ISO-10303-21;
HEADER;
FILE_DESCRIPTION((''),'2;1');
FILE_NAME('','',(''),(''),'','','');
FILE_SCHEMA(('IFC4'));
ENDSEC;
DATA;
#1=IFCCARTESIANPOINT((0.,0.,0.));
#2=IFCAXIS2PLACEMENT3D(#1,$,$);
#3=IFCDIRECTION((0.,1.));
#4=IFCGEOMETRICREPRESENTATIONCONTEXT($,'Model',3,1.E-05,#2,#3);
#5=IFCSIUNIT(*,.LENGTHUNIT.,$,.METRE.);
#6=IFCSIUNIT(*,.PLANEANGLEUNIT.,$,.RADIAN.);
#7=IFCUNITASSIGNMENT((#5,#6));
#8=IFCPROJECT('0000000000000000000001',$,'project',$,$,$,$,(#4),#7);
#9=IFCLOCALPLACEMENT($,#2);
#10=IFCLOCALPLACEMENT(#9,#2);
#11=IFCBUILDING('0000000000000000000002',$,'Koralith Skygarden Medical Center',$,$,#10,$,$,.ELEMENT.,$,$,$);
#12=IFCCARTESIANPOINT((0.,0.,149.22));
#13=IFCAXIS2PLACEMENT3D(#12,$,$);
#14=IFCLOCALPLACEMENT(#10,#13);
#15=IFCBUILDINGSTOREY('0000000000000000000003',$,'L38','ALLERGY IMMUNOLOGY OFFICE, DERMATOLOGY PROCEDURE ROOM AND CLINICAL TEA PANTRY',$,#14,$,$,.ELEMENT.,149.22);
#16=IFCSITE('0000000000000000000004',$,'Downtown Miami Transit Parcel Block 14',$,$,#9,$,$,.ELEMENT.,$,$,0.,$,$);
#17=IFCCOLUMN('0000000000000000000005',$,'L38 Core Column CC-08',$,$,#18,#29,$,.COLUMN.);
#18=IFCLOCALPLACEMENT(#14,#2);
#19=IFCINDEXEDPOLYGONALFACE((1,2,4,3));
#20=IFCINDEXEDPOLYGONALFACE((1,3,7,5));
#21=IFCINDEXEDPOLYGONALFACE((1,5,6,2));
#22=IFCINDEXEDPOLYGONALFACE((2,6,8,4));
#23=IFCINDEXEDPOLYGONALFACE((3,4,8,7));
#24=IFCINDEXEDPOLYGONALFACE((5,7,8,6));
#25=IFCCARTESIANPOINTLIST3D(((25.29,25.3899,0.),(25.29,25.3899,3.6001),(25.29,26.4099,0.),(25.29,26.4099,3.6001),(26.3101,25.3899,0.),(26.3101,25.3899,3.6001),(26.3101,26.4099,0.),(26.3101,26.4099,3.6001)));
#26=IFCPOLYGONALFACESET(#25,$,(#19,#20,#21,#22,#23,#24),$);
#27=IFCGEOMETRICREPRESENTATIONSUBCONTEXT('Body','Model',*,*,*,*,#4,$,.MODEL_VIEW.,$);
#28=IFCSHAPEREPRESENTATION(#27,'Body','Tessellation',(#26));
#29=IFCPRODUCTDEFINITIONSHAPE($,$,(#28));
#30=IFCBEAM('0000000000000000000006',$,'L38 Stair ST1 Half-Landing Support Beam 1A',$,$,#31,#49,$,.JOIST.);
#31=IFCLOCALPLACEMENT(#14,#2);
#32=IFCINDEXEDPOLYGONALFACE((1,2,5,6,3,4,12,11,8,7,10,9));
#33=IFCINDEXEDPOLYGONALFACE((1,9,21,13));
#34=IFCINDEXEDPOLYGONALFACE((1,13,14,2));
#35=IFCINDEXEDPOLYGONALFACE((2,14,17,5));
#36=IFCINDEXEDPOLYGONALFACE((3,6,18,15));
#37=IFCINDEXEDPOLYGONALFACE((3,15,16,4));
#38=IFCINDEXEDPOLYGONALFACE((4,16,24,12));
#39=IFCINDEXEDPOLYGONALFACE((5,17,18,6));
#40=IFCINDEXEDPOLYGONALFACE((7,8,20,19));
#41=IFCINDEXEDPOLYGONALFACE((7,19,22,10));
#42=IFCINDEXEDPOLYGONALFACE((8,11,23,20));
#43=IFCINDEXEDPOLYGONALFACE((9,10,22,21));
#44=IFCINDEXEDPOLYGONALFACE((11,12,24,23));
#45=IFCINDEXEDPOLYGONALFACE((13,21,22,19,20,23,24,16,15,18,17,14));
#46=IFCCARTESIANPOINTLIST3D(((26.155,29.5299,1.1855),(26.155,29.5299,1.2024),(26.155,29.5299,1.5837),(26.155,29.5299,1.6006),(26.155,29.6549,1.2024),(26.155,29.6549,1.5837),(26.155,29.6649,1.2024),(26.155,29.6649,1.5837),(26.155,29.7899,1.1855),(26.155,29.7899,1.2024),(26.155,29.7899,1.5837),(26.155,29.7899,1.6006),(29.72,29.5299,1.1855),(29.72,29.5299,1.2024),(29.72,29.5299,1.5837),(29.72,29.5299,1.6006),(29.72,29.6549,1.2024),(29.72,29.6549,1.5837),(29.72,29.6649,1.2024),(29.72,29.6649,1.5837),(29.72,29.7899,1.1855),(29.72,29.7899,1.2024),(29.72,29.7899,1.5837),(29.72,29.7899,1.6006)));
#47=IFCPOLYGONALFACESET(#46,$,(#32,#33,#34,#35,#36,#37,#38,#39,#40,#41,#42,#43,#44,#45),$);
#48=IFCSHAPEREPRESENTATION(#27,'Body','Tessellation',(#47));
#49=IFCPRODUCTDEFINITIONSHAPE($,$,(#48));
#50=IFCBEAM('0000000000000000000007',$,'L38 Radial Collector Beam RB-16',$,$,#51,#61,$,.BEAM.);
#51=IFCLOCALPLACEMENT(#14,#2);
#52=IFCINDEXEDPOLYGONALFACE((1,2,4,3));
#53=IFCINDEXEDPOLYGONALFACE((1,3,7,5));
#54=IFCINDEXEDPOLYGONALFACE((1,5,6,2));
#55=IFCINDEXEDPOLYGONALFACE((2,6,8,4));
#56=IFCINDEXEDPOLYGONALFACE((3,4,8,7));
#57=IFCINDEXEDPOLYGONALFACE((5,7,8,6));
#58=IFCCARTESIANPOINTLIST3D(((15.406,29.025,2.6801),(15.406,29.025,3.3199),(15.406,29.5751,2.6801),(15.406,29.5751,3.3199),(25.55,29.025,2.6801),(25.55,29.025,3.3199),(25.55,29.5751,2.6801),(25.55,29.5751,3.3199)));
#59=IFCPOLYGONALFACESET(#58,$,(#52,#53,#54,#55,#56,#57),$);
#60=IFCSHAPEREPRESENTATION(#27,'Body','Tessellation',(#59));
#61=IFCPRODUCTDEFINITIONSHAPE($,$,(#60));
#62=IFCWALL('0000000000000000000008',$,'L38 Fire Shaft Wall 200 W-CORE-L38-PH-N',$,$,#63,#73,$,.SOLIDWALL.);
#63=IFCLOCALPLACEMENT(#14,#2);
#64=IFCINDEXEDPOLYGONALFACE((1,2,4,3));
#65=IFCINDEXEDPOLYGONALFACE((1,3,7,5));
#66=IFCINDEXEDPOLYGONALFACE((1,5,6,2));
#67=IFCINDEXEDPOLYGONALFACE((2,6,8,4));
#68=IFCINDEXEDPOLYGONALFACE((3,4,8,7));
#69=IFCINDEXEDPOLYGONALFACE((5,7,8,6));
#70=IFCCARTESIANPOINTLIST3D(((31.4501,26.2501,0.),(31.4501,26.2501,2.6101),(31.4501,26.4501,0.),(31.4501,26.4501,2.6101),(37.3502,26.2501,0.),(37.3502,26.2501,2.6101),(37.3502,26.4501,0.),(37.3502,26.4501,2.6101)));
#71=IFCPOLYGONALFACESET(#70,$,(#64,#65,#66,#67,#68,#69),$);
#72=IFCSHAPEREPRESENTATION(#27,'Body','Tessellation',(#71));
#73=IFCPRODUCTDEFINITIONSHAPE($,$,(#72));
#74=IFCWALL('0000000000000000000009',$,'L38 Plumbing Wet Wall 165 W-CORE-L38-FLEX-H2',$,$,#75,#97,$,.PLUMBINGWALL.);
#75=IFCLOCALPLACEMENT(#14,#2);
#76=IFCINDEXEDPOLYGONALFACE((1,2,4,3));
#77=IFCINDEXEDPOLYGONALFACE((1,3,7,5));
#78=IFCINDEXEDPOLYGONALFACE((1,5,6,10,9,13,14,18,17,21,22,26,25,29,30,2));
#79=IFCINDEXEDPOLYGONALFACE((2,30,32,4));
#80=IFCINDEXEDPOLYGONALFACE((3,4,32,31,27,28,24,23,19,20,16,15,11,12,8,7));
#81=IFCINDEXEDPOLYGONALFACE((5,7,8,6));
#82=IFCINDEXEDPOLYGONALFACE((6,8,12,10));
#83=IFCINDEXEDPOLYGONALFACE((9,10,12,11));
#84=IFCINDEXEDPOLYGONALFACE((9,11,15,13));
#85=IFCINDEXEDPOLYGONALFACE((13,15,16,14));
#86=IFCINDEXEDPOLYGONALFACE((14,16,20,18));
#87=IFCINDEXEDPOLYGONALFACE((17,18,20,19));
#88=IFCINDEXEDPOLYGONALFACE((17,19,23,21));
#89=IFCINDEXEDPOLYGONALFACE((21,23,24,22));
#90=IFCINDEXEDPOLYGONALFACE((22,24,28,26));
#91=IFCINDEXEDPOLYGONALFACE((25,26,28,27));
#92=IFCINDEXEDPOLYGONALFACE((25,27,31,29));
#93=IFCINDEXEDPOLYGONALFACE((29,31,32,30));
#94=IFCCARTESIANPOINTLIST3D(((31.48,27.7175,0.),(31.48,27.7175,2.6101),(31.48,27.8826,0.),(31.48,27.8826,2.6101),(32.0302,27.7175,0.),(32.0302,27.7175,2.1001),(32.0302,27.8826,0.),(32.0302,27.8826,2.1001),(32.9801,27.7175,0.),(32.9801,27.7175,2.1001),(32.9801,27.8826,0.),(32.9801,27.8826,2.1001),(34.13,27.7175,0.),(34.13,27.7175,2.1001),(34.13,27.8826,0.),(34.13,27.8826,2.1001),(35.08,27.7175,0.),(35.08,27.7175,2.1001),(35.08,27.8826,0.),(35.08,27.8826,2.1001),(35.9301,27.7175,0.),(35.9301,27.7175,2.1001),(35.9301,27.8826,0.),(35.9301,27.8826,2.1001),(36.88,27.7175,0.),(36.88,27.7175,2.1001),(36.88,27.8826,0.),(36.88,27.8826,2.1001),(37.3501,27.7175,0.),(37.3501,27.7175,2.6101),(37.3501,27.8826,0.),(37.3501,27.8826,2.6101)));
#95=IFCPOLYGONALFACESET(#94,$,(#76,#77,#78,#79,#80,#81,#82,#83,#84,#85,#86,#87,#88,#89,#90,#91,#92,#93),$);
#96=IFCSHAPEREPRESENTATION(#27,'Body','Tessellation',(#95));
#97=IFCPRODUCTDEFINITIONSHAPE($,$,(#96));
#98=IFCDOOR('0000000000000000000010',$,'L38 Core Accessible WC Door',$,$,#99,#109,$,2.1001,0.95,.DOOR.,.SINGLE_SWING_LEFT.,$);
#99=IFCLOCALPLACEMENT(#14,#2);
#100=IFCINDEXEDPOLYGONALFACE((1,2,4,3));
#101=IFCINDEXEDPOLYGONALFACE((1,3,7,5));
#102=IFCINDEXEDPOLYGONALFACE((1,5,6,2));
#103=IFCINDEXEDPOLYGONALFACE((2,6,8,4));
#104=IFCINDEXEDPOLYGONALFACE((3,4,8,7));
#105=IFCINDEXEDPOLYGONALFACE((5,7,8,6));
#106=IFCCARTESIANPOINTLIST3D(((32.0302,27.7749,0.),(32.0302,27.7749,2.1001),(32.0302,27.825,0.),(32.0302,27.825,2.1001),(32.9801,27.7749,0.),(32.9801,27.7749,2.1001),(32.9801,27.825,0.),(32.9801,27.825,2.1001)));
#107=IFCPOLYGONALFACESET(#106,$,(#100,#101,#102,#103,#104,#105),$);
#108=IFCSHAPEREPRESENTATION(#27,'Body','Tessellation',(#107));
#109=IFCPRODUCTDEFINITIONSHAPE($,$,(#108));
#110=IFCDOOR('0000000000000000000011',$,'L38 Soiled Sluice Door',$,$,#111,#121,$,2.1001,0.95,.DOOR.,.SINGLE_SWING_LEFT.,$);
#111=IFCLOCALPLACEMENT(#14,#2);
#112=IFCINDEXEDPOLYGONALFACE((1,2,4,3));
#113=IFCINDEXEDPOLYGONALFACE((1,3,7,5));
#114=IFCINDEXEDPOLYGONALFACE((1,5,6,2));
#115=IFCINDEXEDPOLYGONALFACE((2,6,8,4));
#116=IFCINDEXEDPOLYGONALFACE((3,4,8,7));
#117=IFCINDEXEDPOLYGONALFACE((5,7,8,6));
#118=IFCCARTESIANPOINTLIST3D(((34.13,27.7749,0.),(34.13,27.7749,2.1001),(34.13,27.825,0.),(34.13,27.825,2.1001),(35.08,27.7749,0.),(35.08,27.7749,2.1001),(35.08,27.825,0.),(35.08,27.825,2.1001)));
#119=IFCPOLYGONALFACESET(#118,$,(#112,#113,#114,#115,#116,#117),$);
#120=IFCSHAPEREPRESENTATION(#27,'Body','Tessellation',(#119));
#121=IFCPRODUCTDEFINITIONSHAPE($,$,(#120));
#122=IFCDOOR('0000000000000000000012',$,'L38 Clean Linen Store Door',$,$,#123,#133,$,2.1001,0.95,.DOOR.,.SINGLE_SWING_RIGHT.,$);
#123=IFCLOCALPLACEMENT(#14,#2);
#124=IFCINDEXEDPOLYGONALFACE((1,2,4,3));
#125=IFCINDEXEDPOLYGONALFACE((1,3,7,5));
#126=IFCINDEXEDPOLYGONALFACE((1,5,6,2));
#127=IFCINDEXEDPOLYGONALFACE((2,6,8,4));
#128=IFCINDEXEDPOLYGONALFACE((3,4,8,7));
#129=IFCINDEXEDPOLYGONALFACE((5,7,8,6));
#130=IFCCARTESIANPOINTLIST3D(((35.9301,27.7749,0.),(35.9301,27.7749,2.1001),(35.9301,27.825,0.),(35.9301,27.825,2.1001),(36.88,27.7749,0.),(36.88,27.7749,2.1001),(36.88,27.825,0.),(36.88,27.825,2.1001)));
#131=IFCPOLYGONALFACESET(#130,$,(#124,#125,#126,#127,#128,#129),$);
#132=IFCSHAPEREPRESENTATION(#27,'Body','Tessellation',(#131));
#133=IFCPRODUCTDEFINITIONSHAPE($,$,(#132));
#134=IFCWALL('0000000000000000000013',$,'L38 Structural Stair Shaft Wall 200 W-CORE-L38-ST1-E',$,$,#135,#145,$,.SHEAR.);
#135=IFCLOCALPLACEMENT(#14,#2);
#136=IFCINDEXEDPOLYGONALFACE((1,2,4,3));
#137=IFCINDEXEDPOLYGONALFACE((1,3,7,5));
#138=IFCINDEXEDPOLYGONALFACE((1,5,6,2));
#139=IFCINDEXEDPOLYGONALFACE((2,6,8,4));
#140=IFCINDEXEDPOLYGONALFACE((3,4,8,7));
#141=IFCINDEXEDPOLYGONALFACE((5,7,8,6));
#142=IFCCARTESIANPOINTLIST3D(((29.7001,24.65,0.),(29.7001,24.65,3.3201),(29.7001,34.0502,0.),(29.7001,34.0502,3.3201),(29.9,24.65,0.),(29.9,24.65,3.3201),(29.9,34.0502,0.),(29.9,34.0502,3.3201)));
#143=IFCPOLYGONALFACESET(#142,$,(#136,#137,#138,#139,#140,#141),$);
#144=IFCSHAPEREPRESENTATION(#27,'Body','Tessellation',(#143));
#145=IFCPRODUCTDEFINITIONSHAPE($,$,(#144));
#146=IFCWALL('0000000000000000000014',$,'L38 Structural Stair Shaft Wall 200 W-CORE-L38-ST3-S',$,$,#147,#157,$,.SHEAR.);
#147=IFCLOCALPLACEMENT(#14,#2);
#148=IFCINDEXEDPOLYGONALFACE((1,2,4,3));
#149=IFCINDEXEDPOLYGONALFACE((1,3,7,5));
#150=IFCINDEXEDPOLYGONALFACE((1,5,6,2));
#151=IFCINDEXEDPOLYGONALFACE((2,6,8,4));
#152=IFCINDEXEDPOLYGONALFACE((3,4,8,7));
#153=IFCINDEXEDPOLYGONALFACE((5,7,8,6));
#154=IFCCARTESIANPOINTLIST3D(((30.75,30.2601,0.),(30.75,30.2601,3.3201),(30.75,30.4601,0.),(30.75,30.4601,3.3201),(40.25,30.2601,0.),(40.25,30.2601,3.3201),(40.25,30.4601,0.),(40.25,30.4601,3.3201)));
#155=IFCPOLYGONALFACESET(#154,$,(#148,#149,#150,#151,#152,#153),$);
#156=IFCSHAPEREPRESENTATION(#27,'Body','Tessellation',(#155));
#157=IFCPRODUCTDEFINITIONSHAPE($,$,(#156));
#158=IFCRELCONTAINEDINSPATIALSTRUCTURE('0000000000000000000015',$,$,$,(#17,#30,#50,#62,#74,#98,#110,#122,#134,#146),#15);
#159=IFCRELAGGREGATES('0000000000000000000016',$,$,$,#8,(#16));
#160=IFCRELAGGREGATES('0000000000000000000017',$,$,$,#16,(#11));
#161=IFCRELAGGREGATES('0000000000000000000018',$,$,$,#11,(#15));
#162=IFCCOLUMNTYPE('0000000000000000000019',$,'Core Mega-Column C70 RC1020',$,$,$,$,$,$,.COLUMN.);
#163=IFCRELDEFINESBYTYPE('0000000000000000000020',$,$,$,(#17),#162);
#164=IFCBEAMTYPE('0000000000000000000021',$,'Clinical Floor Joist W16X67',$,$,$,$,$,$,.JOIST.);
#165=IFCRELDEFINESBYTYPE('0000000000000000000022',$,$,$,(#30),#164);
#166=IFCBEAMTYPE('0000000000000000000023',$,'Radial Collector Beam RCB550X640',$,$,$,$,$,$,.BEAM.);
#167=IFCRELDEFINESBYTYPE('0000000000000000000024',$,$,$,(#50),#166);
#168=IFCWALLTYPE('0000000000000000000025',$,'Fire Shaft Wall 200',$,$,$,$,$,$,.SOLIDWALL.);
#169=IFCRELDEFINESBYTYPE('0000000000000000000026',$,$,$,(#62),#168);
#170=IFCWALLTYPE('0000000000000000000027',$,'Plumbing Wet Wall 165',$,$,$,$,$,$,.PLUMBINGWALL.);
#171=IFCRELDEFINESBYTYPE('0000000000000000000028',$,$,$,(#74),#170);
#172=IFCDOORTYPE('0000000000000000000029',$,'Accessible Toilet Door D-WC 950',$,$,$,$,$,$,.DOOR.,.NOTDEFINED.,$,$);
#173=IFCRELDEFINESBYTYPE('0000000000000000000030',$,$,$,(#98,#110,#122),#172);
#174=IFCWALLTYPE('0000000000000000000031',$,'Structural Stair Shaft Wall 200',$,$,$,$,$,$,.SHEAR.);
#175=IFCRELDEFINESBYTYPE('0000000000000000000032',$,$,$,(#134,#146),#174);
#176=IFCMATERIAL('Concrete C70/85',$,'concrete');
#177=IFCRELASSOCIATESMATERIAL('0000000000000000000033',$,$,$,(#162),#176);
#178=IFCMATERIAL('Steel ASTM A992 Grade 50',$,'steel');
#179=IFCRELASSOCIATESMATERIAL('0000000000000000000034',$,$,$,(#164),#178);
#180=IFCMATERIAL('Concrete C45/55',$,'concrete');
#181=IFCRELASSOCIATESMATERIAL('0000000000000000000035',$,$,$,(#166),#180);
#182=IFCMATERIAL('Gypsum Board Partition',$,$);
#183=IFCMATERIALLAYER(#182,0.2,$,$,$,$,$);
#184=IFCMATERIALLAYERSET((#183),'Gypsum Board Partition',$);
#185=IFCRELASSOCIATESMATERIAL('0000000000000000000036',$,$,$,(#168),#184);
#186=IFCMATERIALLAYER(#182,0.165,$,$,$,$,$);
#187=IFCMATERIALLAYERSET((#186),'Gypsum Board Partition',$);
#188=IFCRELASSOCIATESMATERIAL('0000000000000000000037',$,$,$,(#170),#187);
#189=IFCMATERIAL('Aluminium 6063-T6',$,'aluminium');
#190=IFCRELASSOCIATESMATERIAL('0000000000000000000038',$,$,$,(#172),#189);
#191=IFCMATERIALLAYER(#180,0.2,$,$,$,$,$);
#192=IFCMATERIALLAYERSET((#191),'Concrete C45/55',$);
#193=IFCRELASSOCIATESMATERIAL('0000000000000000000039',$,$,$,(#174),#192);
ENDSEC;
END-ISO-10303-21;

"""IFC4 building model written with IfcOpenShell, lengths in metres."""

from ifc_helpers import new_model, si_unit, direction, frame, frame_2d, origin, origin_2d, place, context, subcontext, project, spatial, rectangle, i_section, extrude, material, layer, layer_set, material_profile, profile_set, type_object, element, fill, save


model = new_model("IFC4")

# Units and contexts
model_context = context("Model", 3, precision=1e-05, world=origin(), true_north=direction((0.0, 1.0)))
body_context = subcontext(model_context, "Body", "Model", "MODEL_VIEW")
ifc_project = project(units=[si_unit("LENGTHUNIT", "METRE"), si_unit("PLANEANGLEUNIT", "RADIAN")], contexts=[model_context])

# Site, building, storey
site_placement = place(None, origin())
site = spatial("IfcSite", under=ifc_project, at=site_placement, Name="Downtown Miami Transit Parcel Block 14", CompositionType="ELEMENT", RefElevation=0.0)
building_placement = place(site_placement, origin())
building = spatial("IfcBuilding", under=site, at=building_placement, Name="Koralith Skygarden Medical Center", CompositionType="ELEMENT")
storey_placement = place(building_placement, frame((0.0, 0.0, 149.22)))
storey = spatial("IfcBuildingStorey", under=building, at=storey_placement, Name="L38", Description="ALLERGY IMMUNOLOGY OFFICE, DERMATOLOGY PROCEDURE ROOM AND CLINICAL TEA PANTRY", CompositionType="ELEMENT", Elevation=149.22)

# Column
ifc_material_1 = material(Name="Concrete C70/85", Category="concrete")
ifc_material_profile_1 = material_profile(ifc_material_1, rectangle(XDim=1.02, YDim=1.02, at=origin_2d()), Name="RC1020X1020")
ifc_profile_set_1 = profile_set([ifc_material_profile_1], Name="Concrete C70/85")
column_type = type_object("IfcColumnType", Name="Core Mega-Column C70 RC1020", PredefinedType="COLUMN", material=ifc_profile_set_1)
column_placement = place(storey_placement, frame((25.8, 25.8999, 0.0), z_axis=(0.0, 0.0, 1.0), x_axis=(1.0, 0.0, 0.0)))
element("IfcColumn", 1, at=column_placement, inside=storey, type_object=column_type, Name="L38 Core Column CC-08", PredefinedType="COLUMN", context=body_context, shape_type="SweptSolid", body=[
    extrude(rectangle(XDim=1.02, YDim=1.02, at=origin_2d()), origin(), (0.0, 0.0, 1.0), 3.6001),
])

# Beams
ifc_material_2 = material(Name="Steel ASTM A992 Grade 50", Category="steel")
ifc_material_profile_2 = material_profile(ifc_material_2, i_section(OverallWidth=0.26, OverallDepth=0.415, WebThickness=0.01, FlangeThickness=0.0168, at=origin_2d()), Name="W16X67")
ifc_profile_set_2 = profile_set([ifc_material_profile_2], Name="Steel ASTM A992 Grade 50")
beam_type_1 = type_object("IfcBeamType", Name="Clinical Floor Joist W16X67", PredefinedType="JOIST", material=ifc_profile_set_2)
beam_1_placement = place(storey_placement, frame((26.155, 29.6599, 1.3931), z_axis=(1.0, 0.0, 0.0), x_axis=(0.0, 1.0, 0.0)))
element("IfcBeam", 2, at=beam_1_placement, inside=storey, type_object=beam_type_1, Name="L38 Stair ST1 Half-Landing Support Beam 1A", PredefinedType="JOIST", context=body_context, shape_type="SweptSolid", body=[
    extrude(i_section(OverallWidth=0.26, OverallDepth=0.415, WebThickness=0.01, FlangeThickness=0.0168, at=origin_2d()), origin(), (0.0, 0.0, 1.0), 3.5649),
])
ifc_material_3 = material(Name="Concrete C45/55", Category="concrete")
ifc_material_profile_3 = material_profile(ifc_material_3, rectangle(XDim=0.55, YDim=0.6399, at=origin_2d()), Name="RCB550X640")
ifc_profile_set_3 = profile_set([ifc_material_profile_3], Name="Concrete C45/55")
beam_type_2 = type_object("IfcBeamType", Name="Radial Collector Beam RCB550X640", PredefinedType="BEAM", material=ifc_profile_set_3)
beam_2_placement = place(storey_placement, frame((25.55, 29.3, 3.0), z_axis=(-1.0, 0.0, 0.0), x_axis=(0.0, -1.0, 0.0)))
element("IfcBeam", 3, at=beam_2_placement, inside=storey, type_object=beam_type_2, Name="L38 Radial Collector Beam RB-16", PredefinedType="BEAM", context=body_context, shape_type="SweptSolid", body=[
    extrude(rectangle(XDim=0.55, YDim=0.6399, at=origin_2d()), origin(), (0.0, 0.0, 1.0), 10.144),
])

# Wall
ifc_material_4 = material(Name="Gypsum Board Partition")
ifc_layer_1 = layer(ifc_material_4, 0.2)
ifc_layer_set_1 = layer_set([ifc_layer_1], Name="Gypsum Board Partition")
wall_type_1 = type_object("IfcWallType", Name="Fire Shaft Wall 200", PredefinedType="SOLIDWALL", material=ifc_layer_set_1)
wall_1_placement = place(storey_placement, frame((31.45, 26.3501, 0.0), z_axis=(0.0, 0.0, 1.0), x_axis=(1.0, 0.0, 0.0)))
element("IfcWall", 4, at=wall_1_placement, inside=storey, type_object=wall_type_1, Name="L38 Fire Shaft Wall 200 W-CORE-L38-PH-N", PredefinedType="SOLIDWALL", context=body_context, shape_type="SweptSolid", body=[
    extrude(rectangle(XDim=5.9001, YDim=0.2, at=frame_2d((2.9502, 0.0))), origin(), (0.0, 0.0, 1.0), 2.6101),
])

# Shared definitions
ifc_layer_2 = layer(ifc_material_4, 0.165)
ifc_layer_set_2 = layer_set([ifc_layer_2], Name="Gypsum Board Partition")
wall_type_2 = type_object("IfcWallType", Name="Plumbing Wet Wall 165", PredefinedType="PLUMBINGWALL", material=ifc_layer_set_2)
ifc_material_5 = material(Name="Aluminium 6063-T6", Category="aluminium")

# Wall, openings, doors
wall_2_placement = place(storey_placement, frame((31.48, 27.8, 0.0), z_axis=(0.0, 0.0, 1.0), x_axis=(1.0, 0.0, 0.0)))
wall_2 = element("IfcWall", 5, at=wall_2_placement, inside=storey, type_object=wall_type_2, Name="L38 Plumbing Wet Wall 165 W-CORE-L38-FLEX-H2", PredefinedType="PLUMBINGWALL", context=body_context, shape_type="SweptSolid", body=[
    extrude(rectangle(XDim=5.8701, YDim=0.165, at=frame_2d((2.9351, 0.0))), origin(), (0.0, 0.0, 1.0), 2.6101),
])
opening_1_placement = place(wall_2_placement, frame((0.55, 0.0, 0.0)))
opening_1 = element("IfcOpeningElement", 6, at=opening_1_placement, cuts=wall_2, PredefinedType="OPENING", context=body_context, shape_type="SweptSolid", body=[
    extrude(rectangle(XDim=0.95, YDim=2.1001, at=frame_2d((0.4751, 1.05))), frame((0.0, 0.0925, 0.0), z_axis=(0.0, -1.0, 0.0), x_axis=(1.0, 0.0, 0.0)), (0.0, 0.0, 1.0), 0.1851),
])
opening_2_placement = place(wall_2_placement, frame((2.6499, 0.0, 0.0)))
opening_2 = element("IfcOpeningElement", 7, at=opening_2_placement, cuts=wall_2, PredefinedType="OPENING", context=body_context, shape_type="SweptSolid", body=[
    extrude(rectangle(XDim=0.95, YDim=2.1001, at=frame_2d((0.4751, 1.05))), frame((0.0, 0.0925, 0.0), z_axis=(0.0, -1.0, 0.0), x_axis=(1.0, 0.0, 0.0)), (0.0, 0.0, 1.0), 0.1851),
])
opening_3_placement = place(wall_2_placement, frame((4.45, 0.0, 0.0)))
opening_3 = element("IfcOpeningElement", 8, at=opening_3_placement, cuts=wall_2, PredefinedType="OPENING", context=body_context, shape_type="SweptSolid", body=[
    extrude(rectangle(XDim=0.95, YDim=2.1001, at=frame_2d((0.4751, 1.05))), frame((0.0, 0.0925, 0.0), z_axis=(0.0, -1.0, 0.0), x_axis=(1.0, 0.0, 0.0)), (0.0, 0.0, 1.0), 0.1851),
])
door_type_1 = type_object("IfcDoorType", Name="Accessible Toilet Door D-WC 950", OperationType="NOTDEFINED", PredefinedType="DOOR", material=ifc_material_5)
door_1_placement = place(opening_1_placement, origin())
door_1 = element("IfcDoor", 9, at=door_1_placement, inside=storey, type_object=door_type_1, Name="L38 Core Accessible WC Door", OperationType="SINGLE_SWING_LEFT", OverallHeight=2.1001, OverallWidth=0.95, PredefinedType="DOOR", context=body_context, shape_type="SweptSolid", body=[
    extrude(rectangle(XDim=0.95, YDim=2.1001, at=frame_2d((0.4751, 1.05))), frame((0.0, 0.0249, 0.0), z_axis=(0.0, -1.0, 0.0), x_axis=(1.0, 0.0, 0.0)), (0.0, 0.0, 1.0), 0.05),
])
fill(opening_1, door_1)
door_2_placement = place(opening_2_placement, origin())
door_2 = element("IfcDoor", 10, at=door_2_placement, inside=storey, type_object=door_type_1, Name="L38 Soiled Sluice Door", OperationType="SINGLE_SWING_LEFT", OverallHeight=2.1001, OverallWidth=0.95, PredefinedType="DOOR", context=body_context, shape_type="SweptSolid", body=[
    extrude(rectangle(XDim=0.95, YDim=2.1001, at=frame_2d((0.4751, 1.05))), frame((0.0, 0.0249, 0.0), z_axis=(0.0, -1.0, 0.0), x_axis=(1.0, 0.0, 0.0)), (0.0, 0.0, 1.0), 0.05),
])
fill(opening_2, door_2)
door_3_placement = place(opening_3_placement, origin())
door_3 = element("IfcDoor", 11, at=door_3_placement, inside=storey, type_object=door_type_1, Name="L38 Clean Linen Store Door", OperationType="SINGLE_SWING_RIGHT", OverallHeight=2.1001, OverallWidth=0.95, PredefinedType="DOOR", context=body_context, shape_type="SweptSolid", body=[
    extrude(rectangle(XDim=0.95, YDim=2.1001, at=frame_2d((0.4751, 1.05))), frame((0.0, 0.0249, 0.0), z_axis=(0.0, -1.0, 0.0), x_axis=(1.0, 0.0, 0.0)), (0.0, 0.0, 1.0), 0.05),
])
fill(opening_3, door_3)

# Wall
ifc_layer_3 = layer(ifc_material_3, 0.2)
ifc_layer_set_3 = layer_set([ifc_layer_3], Name="Concrete C45/55")
wall_type_3 = type_object("IfcWallType", Name="Structural Stair Shaft Wall 200", PredefinedType="SHEAR", material=ifc_layer_set_3)
wall_3_placement = place(storey_placement, frame((29.8, 24.6499, 0.0), z_axis=(0.0, 0.0, 1.0), x_axis=(0.0, 1.0, 0.0)))
element("IfcWall", 12, at=wall_3_placement, inside=storey, type_object=wall_type_3, Name="L38 Structural Stair Shaft Wall 200 W-CORE-L38-ST1-E", PredefinedType="SHEAR", context=body_context, shape_type="SweptSolid", body=[
    extrude(rectangle(XDim=9.4001, YDim=0.2, at=frame_2d((4.7002, 0.0))), origin(), (0.0, 0.0, 1.0), 3.3201),
])

# Wall
wall_4_placement = place(storey_placement, frame((30.75, 30.3601, 0.0), z_axis=(0.0, 0.0, 1.0), x_axis=(1.0, 0.0, 0.0)))
element("IfcWall", 13, at=wall_4_placement, inside=storey, type_object=wall_type_3, Name="L38 Structural Stair Shaft Wall 200 W-CORE-L38-ST3-S", PredefinedType="SHEAR", context=body_context, shape_type="SweptSolid", body=[
    extrude(rectangle(XDim=9.5, YDim=0.2, at=frame_2d((4.75, 0.0))), origin(), (0.0, 0.0, 1.0), 3.3201),
])

save(model, "model.ifc")
